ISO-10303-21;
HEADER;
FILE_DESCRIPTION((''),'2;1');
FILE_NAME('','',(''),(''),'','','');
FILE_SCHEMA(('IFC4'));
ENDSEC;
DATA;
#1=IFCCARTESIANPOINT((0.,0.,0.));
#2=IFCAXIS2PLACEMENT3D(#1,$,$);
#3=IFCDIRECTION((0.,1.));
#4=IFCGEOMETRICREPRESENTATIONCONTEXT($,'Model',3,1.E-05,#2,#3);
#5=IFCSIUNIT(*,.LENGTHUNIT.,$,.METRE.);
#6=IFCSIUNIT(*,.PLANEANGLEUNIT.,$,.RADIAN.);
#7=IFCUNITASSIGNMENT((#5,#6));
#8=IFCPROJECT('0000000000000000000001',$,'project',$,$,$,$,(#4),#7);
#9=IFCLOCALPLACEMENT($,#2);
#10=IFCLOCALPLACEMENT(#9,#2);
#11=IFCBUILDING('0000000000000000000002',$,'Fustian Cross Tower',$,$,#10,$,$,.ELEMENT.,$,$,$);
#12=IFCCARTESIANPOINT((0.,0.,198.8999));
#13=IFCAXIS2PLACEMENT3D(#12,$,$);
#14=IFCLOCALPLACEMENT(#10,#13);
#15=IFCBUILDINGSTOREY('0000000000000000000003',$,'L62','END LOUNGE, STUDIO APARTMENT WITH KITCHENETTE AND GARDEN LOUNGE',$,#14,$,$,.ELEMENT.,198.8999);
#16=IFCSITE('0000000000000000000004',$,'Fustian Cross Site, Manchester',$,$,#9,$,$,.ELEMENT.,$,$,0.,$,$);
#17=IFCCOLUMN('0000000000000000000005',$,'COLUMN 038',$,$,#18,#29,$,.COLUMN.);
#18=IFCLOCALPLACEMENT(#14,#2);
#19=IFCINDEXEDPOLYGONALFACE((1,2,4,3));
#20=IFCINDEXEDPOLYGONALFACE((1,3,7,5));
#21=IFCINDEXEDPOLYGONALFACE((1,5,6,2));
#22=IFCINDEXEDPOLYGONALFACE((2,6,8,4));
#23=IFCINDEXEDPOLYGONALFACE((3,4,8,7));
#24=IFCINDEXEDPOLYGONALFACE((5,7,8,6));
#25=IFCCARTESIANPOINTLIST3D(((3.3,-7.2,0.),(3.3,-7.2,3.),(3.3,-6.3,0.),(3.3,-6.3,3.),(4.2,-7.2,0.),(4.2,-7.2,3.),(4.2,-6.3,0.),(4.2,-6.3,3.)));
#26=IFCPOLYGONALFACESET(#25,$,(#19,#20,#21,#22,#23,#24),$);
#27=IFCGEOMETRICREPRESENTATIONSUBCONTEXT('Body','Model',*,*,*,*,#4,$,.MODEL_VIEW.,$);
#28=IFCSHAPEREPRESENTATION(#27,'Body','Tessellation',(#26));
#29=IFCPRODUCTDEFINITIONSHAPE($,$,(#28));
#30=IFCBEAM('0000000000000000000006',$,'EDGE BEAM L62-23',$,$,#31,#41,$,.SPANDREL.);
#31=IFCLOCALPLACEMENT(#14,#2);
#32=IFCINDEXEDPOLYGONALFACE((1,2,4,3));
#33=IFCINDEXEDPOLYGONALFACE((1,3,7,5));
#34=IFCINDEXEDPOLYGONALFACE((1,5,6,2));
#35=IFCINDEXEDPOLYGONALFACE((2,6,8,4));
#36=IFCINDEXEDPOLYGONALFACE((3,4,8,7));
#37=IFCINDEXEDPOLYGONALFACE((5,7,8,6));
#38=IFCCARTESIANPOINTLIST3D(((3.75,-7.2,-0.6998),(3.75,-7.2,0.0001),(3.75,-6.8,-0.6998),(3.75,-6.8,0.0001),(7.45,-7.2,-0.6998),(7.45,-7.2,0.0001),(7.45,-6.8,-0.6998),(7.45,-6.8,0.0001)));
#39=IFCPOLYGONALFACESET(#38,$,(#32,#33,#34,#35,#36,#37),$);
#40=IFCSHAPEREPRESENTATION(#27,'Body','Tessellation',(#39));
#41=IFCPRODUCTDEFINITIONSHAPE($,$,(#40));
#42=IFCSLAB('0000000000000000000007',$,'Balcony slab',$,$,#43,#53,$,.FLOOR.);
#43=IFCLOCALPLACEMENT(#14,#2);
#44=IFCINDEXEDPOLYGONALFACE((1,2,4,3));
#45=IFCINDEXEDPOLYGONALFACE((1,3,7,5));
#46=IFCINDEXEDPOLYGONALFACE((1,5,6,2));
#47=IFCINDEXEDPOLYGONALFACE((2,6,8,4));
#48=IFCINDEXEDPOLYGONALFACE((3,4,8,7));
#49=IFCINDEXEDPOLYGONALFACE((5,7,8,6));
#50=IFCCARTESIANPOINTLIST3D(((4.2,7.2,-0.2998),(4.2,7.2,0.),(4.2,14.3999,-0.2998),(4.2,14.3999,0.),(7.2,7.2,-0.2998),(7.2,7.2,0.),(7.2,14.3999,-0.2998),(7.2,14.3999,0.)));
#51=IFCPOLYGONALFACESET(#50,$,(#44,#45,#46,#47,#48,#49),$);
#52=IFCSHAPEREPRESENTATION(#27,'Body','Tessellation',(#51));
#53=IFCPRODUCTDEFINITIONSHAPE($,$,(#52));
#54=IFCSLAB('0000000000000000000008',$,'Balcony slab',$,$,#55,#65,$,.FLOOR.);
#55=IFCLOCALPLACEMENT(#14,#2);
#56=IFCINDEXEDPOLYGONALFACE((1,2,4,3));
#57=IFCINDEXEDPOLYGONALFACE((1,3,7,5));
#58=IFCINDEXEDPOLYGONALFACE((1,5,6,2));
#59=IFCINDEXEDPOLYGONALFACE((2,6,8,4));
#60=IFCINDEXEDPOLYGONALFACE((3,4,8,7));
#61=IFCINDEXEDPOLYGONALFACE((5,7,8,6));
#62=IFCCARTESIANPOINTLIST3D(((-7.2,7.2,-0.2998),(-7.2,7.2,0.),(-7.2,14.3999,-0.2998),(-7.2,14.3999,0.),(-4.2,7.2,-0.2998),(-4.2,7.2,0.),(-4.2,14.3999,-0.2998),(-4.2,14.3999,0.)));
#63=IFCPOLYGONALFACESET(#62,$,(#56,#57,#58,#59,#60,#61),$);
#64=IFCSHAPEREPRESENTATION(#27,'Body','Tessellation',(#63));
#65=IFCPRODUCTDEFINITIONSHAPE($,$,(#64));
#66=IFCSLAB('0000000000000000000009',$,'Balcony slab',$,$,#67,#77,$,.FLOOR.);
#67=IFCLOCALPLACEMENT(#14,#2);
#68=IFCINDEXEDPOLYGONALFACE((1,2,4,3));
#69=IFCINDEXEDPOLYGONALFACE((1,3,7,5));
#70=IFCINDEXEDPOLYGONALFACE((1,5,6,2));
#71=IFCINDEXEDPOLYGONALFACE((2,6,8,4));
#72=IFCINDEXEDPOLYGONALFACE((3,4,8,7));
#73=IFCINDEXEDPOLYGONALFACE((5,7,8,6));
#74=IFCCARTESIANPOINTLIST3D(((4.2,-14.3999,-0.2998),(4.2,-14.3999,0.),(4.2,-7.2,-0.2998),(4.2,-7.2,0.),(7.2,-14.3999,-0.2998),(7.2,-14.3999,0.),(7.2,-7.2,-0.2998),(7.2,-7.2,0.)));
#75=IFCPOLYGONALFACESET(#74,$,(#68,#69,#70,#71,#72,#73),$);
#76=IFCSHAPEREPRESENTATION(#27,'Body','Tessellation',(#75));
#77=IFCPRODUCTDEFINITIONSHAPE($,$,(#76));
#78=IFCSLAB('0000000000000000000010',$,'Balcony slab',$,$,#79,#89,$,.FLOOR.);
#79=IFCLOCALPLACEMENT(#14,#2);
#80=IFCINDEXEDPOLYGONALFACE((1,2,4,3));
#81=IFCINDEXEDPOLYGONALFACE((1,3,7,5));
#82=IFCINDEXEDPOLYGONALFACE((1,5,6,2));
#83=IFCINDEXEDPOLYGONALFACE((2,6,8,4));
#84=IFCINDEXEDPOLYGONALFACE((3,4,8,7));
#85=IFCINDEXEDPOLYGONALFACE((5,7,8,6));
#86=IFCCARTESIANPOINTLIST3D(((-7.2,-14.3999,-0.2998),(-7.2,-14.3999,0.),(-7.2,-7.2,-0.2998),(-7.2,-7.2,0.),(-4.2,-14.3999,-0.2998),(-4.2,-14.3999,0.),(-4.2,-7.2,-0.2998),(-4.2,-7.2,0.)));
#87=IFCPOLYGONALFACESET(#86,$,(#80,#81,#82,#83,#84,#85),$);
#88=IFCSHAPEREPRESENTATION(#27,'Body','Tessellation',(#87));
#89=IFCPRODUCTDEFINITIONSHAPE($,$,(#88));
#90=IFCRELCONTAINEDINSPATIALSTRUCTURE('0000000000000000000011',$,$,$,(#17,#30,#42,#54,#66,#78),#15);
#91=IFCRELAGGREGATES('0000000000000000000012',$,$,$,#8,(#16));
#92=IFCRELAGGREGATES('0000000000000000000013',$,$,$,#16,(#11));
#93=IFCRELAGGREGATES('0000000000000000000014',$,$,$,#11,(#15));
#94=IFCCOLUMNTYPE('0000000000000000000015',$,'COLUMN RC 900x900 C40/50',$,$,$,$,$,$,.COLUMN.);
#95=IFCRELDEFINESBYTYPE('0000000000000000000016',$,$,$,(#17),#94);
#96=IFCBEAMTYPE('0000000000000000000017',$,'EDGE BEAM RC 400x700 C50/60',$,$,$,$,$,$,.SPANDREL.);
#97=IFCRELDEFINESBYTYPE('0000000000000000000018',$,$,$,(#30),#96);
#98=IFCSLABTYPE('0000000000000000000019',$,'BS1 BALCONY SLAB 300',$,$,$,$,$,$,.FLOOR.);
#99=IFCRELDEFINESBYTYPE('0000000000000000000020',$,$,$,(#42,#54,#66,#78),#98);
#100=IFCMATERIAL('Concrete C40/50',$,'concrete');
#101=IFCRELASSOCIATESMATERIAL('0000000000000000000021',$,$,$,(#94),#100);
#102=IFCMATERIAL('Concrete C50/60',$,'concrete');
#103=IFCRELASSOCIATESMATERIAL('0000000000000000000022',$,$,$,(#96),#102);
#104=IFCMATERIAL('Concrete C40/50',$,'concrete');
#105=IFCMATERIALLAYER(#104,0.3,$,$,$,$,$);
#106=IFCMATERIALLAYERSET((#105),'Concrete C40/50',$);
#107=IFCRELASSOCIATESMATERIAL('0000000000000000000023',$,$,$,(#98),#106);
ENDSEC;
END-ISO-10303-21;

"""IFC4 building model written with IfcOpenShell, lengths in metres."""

from ifc_helpers import new_model, si_unit, direction, frame, origin, origin_2d, place, context, subcontext, project, spatial, polyline, rectangle, outline, extrude, material, layer, layer_set, material_profile, profile_set, type_object, element, save


model = new_model("IFC4")

# Units and contexts
model_context = context("Model", 3, precision=1e-05, world=origin(), true_north=direction((0.0, 1.0)))
body_context = subcontext(model_context, "Body", "Model", "MODEL_VIEW")
ifc_project = project(units=[si_unit("LENGTHUNIT", "METRE"), si_unit("PLANEANGLEUNIT", "RADIAN")], contexts=[model_context])

# Site, building, storey
site_placement = place(None, origin())
site = spatial("IfcSite", under=ifc_project, at=site_placement, Name="Fustian Cross Site, Manchester", CompositionType="ELEMENT", RefElevation=0.0)
building_placement = place(site_placement, origin())
building = spatial("IfcBuilding", under=site, at=building_placement, Name="Fustian Cross Tower", CompositionType="ELEMENT")
storey_placement = place(building_placement, frame((0.0, 0.0, 198.8999)))
storey = spatial("IfcBuildingStorey", under=building, at=storey_placement, Name="L62", Description="END LOUNGE, STUDIO APARTMENT WITH KITCHENETTE AND GARDEN LOUNGE", CompositionType="ELEMENT", Elevation=198.8999)

# Column
ifc_material_1 = material(Name="Concrete C40/50", Category="concrete")
ifc_material_profile_1 = material_profile(ifc_material_1, rectangle(XDim=0.8999, YDim=0.8999, at=origin_2d()), Name="RC 900x900")
ifc_profile_set_1 = profile_set([ifc_material_profile_1], Name="Concrete C40/50")
column_type = type_object("IfcColumnType", Name="COLUMN RC 900x900 C40/50", PredefinedType="COLUMN", material=ifc_profile_set_1)
column_placement = place(storey_placement, frame((3.75, -6.75, 0.0), z_axis=(0.0, 0.0, 1.0), x_axis=(1.0, 0.0, 0.0)))
element("IfcColumn", 1, at=column_placement, inside=storey, type_object=column_type, Name="COLUMN 038", PredefinedType="COLUMN", context=body_context, shape_type="SweptSolid", body=[
    extrude(rectangle(XDim=0.8999, YDim=0.8999, at=origin_2d()), origin(), (0.0, 0.0, 1.0), 3.0),
])

# Beam
ifc_material_2 = material(Name="Concrete C50/60", Category="concrete")
ifc_material_profile_2 = material_profile(ifc_material_2, rectangle(XDim=0.3999, YDim=0.7, at=origin_2d()), Name="RC 400x700")
ifc_profile_set_2 = profile_set([ifc_material_profile_2], Name="Concrete C50/60")
beam_type = type_object("IfcBeamType", Name="EDGE BEAM RC 400x700 C50/60", PredefinedType="SPANDREL", material=ifc_profile_set_2)
beam_placement = place(storey_placement, frame((3.75, -7.0, -0.3499), z_axis=(1.0, 0.0, 0.0), x_axis=(0.0, 1.0, 0.0)))
element("IfcBeam", 2, at=beam_placement, inside=storey, type_object=beam_type, Name="EDGE BEAM L62-23", PredefinedType="SPANDREL", context=body_context, shape_type="SweptSolid", body=[
    extrude(rectangle(XDim=0.3999, YDim=0.7, at=origin_2d()), origin(), (0.0, 0.0, 1.0), 3.7),
])

# Slabs
ifc_material_3 = material(Name="Concrete C40/50", Category="concrete")
ifc_layer_1 = layer(ifc_material_3, 0.3)
ifc_layer_set_1 = layer_set([ifc_layer_1], Name="Concrete C40/50")
slab_type_1 = type_object("IfcSlabType", Name="BS1 BALCONY SLAB 300", PredefinedType="FLOOR", material=ifc_layer_set_1)
slab_1_placement = place(storey_placement, frame((0.0, 0.0, -0.2998)))
element("IfcSlab", 3, at=slab_1_placement, inside=storey, type_object=slab_type_1, Name="Balcony slab", PredefinedType="FLOOR", context=body_context, shape_type="SweptSolid", body=[
    extrude(outline(polyline([(4.2, 7.2), (7.2, 7.2), (7.2, 14.3999), (4.2, 14.3999), (4.2, 7.2)])), origin(), (0.0, 0.0, 1.0), 0.2998),
])
slab_2_placement = place(storey_placement, frame((0.0, 0.0, -0.2998)))
element("IfcSlab", 4, at=slab_2_placement, inside=storey, type_object=slab_type_1, Name="Balcony slab", PredefinedType="FLOOR", context=body_context, shape_type="SweptSolid", body=[
    extrude(outline(polyline([(-7.2, 7.2), (-4.2, 7.2), (-4.2, 14.3999), (-7.2, 14.3999), (-7.2, 7.2)])), origin(), (0.0, 0.0, 1.0), 0.2998),
])
slab_3_placement = place(storey_placement, frame((0.0, 0.0, -0.2998)))
element("IfcSlab", 5, at=slab_3_placement, inside=storey, type_object=slab_type_1, Name="Balcony slab", PredefinedType="FLOOR", context=body_context, shape_type="SweptSolid", body=[
    extrude(outline(polyline([(4.2, -14.3999), (7.2, -14.3999), (7.2, -7.2), (4.2, -7.2), (4.2, -14.3999)])), origin(), (0.0, 0.0, 1.0), 0.2998),
])
slab_4_placement = place(storey_placement, frame((0.0, 0.0, -0.2998)))
element("IfcSlab", 6, at=slab_4_placement, inside=storey, type_object=slab_type_1, Name="Balcony slab", PredefinedType="FLOOR", context=body_context, shape_type="SweptSolid", body=[
    extrude(outline(polyline([(-7.2, -14.3999), (-4.2, -14.3999), (-4.2, -7.2), (-7.2, -7.2), (-7.2, -14.3999)])), origin(), (0.0, 0.0, 1.0), 0.2998),
])

save(model, "model.ifc")
